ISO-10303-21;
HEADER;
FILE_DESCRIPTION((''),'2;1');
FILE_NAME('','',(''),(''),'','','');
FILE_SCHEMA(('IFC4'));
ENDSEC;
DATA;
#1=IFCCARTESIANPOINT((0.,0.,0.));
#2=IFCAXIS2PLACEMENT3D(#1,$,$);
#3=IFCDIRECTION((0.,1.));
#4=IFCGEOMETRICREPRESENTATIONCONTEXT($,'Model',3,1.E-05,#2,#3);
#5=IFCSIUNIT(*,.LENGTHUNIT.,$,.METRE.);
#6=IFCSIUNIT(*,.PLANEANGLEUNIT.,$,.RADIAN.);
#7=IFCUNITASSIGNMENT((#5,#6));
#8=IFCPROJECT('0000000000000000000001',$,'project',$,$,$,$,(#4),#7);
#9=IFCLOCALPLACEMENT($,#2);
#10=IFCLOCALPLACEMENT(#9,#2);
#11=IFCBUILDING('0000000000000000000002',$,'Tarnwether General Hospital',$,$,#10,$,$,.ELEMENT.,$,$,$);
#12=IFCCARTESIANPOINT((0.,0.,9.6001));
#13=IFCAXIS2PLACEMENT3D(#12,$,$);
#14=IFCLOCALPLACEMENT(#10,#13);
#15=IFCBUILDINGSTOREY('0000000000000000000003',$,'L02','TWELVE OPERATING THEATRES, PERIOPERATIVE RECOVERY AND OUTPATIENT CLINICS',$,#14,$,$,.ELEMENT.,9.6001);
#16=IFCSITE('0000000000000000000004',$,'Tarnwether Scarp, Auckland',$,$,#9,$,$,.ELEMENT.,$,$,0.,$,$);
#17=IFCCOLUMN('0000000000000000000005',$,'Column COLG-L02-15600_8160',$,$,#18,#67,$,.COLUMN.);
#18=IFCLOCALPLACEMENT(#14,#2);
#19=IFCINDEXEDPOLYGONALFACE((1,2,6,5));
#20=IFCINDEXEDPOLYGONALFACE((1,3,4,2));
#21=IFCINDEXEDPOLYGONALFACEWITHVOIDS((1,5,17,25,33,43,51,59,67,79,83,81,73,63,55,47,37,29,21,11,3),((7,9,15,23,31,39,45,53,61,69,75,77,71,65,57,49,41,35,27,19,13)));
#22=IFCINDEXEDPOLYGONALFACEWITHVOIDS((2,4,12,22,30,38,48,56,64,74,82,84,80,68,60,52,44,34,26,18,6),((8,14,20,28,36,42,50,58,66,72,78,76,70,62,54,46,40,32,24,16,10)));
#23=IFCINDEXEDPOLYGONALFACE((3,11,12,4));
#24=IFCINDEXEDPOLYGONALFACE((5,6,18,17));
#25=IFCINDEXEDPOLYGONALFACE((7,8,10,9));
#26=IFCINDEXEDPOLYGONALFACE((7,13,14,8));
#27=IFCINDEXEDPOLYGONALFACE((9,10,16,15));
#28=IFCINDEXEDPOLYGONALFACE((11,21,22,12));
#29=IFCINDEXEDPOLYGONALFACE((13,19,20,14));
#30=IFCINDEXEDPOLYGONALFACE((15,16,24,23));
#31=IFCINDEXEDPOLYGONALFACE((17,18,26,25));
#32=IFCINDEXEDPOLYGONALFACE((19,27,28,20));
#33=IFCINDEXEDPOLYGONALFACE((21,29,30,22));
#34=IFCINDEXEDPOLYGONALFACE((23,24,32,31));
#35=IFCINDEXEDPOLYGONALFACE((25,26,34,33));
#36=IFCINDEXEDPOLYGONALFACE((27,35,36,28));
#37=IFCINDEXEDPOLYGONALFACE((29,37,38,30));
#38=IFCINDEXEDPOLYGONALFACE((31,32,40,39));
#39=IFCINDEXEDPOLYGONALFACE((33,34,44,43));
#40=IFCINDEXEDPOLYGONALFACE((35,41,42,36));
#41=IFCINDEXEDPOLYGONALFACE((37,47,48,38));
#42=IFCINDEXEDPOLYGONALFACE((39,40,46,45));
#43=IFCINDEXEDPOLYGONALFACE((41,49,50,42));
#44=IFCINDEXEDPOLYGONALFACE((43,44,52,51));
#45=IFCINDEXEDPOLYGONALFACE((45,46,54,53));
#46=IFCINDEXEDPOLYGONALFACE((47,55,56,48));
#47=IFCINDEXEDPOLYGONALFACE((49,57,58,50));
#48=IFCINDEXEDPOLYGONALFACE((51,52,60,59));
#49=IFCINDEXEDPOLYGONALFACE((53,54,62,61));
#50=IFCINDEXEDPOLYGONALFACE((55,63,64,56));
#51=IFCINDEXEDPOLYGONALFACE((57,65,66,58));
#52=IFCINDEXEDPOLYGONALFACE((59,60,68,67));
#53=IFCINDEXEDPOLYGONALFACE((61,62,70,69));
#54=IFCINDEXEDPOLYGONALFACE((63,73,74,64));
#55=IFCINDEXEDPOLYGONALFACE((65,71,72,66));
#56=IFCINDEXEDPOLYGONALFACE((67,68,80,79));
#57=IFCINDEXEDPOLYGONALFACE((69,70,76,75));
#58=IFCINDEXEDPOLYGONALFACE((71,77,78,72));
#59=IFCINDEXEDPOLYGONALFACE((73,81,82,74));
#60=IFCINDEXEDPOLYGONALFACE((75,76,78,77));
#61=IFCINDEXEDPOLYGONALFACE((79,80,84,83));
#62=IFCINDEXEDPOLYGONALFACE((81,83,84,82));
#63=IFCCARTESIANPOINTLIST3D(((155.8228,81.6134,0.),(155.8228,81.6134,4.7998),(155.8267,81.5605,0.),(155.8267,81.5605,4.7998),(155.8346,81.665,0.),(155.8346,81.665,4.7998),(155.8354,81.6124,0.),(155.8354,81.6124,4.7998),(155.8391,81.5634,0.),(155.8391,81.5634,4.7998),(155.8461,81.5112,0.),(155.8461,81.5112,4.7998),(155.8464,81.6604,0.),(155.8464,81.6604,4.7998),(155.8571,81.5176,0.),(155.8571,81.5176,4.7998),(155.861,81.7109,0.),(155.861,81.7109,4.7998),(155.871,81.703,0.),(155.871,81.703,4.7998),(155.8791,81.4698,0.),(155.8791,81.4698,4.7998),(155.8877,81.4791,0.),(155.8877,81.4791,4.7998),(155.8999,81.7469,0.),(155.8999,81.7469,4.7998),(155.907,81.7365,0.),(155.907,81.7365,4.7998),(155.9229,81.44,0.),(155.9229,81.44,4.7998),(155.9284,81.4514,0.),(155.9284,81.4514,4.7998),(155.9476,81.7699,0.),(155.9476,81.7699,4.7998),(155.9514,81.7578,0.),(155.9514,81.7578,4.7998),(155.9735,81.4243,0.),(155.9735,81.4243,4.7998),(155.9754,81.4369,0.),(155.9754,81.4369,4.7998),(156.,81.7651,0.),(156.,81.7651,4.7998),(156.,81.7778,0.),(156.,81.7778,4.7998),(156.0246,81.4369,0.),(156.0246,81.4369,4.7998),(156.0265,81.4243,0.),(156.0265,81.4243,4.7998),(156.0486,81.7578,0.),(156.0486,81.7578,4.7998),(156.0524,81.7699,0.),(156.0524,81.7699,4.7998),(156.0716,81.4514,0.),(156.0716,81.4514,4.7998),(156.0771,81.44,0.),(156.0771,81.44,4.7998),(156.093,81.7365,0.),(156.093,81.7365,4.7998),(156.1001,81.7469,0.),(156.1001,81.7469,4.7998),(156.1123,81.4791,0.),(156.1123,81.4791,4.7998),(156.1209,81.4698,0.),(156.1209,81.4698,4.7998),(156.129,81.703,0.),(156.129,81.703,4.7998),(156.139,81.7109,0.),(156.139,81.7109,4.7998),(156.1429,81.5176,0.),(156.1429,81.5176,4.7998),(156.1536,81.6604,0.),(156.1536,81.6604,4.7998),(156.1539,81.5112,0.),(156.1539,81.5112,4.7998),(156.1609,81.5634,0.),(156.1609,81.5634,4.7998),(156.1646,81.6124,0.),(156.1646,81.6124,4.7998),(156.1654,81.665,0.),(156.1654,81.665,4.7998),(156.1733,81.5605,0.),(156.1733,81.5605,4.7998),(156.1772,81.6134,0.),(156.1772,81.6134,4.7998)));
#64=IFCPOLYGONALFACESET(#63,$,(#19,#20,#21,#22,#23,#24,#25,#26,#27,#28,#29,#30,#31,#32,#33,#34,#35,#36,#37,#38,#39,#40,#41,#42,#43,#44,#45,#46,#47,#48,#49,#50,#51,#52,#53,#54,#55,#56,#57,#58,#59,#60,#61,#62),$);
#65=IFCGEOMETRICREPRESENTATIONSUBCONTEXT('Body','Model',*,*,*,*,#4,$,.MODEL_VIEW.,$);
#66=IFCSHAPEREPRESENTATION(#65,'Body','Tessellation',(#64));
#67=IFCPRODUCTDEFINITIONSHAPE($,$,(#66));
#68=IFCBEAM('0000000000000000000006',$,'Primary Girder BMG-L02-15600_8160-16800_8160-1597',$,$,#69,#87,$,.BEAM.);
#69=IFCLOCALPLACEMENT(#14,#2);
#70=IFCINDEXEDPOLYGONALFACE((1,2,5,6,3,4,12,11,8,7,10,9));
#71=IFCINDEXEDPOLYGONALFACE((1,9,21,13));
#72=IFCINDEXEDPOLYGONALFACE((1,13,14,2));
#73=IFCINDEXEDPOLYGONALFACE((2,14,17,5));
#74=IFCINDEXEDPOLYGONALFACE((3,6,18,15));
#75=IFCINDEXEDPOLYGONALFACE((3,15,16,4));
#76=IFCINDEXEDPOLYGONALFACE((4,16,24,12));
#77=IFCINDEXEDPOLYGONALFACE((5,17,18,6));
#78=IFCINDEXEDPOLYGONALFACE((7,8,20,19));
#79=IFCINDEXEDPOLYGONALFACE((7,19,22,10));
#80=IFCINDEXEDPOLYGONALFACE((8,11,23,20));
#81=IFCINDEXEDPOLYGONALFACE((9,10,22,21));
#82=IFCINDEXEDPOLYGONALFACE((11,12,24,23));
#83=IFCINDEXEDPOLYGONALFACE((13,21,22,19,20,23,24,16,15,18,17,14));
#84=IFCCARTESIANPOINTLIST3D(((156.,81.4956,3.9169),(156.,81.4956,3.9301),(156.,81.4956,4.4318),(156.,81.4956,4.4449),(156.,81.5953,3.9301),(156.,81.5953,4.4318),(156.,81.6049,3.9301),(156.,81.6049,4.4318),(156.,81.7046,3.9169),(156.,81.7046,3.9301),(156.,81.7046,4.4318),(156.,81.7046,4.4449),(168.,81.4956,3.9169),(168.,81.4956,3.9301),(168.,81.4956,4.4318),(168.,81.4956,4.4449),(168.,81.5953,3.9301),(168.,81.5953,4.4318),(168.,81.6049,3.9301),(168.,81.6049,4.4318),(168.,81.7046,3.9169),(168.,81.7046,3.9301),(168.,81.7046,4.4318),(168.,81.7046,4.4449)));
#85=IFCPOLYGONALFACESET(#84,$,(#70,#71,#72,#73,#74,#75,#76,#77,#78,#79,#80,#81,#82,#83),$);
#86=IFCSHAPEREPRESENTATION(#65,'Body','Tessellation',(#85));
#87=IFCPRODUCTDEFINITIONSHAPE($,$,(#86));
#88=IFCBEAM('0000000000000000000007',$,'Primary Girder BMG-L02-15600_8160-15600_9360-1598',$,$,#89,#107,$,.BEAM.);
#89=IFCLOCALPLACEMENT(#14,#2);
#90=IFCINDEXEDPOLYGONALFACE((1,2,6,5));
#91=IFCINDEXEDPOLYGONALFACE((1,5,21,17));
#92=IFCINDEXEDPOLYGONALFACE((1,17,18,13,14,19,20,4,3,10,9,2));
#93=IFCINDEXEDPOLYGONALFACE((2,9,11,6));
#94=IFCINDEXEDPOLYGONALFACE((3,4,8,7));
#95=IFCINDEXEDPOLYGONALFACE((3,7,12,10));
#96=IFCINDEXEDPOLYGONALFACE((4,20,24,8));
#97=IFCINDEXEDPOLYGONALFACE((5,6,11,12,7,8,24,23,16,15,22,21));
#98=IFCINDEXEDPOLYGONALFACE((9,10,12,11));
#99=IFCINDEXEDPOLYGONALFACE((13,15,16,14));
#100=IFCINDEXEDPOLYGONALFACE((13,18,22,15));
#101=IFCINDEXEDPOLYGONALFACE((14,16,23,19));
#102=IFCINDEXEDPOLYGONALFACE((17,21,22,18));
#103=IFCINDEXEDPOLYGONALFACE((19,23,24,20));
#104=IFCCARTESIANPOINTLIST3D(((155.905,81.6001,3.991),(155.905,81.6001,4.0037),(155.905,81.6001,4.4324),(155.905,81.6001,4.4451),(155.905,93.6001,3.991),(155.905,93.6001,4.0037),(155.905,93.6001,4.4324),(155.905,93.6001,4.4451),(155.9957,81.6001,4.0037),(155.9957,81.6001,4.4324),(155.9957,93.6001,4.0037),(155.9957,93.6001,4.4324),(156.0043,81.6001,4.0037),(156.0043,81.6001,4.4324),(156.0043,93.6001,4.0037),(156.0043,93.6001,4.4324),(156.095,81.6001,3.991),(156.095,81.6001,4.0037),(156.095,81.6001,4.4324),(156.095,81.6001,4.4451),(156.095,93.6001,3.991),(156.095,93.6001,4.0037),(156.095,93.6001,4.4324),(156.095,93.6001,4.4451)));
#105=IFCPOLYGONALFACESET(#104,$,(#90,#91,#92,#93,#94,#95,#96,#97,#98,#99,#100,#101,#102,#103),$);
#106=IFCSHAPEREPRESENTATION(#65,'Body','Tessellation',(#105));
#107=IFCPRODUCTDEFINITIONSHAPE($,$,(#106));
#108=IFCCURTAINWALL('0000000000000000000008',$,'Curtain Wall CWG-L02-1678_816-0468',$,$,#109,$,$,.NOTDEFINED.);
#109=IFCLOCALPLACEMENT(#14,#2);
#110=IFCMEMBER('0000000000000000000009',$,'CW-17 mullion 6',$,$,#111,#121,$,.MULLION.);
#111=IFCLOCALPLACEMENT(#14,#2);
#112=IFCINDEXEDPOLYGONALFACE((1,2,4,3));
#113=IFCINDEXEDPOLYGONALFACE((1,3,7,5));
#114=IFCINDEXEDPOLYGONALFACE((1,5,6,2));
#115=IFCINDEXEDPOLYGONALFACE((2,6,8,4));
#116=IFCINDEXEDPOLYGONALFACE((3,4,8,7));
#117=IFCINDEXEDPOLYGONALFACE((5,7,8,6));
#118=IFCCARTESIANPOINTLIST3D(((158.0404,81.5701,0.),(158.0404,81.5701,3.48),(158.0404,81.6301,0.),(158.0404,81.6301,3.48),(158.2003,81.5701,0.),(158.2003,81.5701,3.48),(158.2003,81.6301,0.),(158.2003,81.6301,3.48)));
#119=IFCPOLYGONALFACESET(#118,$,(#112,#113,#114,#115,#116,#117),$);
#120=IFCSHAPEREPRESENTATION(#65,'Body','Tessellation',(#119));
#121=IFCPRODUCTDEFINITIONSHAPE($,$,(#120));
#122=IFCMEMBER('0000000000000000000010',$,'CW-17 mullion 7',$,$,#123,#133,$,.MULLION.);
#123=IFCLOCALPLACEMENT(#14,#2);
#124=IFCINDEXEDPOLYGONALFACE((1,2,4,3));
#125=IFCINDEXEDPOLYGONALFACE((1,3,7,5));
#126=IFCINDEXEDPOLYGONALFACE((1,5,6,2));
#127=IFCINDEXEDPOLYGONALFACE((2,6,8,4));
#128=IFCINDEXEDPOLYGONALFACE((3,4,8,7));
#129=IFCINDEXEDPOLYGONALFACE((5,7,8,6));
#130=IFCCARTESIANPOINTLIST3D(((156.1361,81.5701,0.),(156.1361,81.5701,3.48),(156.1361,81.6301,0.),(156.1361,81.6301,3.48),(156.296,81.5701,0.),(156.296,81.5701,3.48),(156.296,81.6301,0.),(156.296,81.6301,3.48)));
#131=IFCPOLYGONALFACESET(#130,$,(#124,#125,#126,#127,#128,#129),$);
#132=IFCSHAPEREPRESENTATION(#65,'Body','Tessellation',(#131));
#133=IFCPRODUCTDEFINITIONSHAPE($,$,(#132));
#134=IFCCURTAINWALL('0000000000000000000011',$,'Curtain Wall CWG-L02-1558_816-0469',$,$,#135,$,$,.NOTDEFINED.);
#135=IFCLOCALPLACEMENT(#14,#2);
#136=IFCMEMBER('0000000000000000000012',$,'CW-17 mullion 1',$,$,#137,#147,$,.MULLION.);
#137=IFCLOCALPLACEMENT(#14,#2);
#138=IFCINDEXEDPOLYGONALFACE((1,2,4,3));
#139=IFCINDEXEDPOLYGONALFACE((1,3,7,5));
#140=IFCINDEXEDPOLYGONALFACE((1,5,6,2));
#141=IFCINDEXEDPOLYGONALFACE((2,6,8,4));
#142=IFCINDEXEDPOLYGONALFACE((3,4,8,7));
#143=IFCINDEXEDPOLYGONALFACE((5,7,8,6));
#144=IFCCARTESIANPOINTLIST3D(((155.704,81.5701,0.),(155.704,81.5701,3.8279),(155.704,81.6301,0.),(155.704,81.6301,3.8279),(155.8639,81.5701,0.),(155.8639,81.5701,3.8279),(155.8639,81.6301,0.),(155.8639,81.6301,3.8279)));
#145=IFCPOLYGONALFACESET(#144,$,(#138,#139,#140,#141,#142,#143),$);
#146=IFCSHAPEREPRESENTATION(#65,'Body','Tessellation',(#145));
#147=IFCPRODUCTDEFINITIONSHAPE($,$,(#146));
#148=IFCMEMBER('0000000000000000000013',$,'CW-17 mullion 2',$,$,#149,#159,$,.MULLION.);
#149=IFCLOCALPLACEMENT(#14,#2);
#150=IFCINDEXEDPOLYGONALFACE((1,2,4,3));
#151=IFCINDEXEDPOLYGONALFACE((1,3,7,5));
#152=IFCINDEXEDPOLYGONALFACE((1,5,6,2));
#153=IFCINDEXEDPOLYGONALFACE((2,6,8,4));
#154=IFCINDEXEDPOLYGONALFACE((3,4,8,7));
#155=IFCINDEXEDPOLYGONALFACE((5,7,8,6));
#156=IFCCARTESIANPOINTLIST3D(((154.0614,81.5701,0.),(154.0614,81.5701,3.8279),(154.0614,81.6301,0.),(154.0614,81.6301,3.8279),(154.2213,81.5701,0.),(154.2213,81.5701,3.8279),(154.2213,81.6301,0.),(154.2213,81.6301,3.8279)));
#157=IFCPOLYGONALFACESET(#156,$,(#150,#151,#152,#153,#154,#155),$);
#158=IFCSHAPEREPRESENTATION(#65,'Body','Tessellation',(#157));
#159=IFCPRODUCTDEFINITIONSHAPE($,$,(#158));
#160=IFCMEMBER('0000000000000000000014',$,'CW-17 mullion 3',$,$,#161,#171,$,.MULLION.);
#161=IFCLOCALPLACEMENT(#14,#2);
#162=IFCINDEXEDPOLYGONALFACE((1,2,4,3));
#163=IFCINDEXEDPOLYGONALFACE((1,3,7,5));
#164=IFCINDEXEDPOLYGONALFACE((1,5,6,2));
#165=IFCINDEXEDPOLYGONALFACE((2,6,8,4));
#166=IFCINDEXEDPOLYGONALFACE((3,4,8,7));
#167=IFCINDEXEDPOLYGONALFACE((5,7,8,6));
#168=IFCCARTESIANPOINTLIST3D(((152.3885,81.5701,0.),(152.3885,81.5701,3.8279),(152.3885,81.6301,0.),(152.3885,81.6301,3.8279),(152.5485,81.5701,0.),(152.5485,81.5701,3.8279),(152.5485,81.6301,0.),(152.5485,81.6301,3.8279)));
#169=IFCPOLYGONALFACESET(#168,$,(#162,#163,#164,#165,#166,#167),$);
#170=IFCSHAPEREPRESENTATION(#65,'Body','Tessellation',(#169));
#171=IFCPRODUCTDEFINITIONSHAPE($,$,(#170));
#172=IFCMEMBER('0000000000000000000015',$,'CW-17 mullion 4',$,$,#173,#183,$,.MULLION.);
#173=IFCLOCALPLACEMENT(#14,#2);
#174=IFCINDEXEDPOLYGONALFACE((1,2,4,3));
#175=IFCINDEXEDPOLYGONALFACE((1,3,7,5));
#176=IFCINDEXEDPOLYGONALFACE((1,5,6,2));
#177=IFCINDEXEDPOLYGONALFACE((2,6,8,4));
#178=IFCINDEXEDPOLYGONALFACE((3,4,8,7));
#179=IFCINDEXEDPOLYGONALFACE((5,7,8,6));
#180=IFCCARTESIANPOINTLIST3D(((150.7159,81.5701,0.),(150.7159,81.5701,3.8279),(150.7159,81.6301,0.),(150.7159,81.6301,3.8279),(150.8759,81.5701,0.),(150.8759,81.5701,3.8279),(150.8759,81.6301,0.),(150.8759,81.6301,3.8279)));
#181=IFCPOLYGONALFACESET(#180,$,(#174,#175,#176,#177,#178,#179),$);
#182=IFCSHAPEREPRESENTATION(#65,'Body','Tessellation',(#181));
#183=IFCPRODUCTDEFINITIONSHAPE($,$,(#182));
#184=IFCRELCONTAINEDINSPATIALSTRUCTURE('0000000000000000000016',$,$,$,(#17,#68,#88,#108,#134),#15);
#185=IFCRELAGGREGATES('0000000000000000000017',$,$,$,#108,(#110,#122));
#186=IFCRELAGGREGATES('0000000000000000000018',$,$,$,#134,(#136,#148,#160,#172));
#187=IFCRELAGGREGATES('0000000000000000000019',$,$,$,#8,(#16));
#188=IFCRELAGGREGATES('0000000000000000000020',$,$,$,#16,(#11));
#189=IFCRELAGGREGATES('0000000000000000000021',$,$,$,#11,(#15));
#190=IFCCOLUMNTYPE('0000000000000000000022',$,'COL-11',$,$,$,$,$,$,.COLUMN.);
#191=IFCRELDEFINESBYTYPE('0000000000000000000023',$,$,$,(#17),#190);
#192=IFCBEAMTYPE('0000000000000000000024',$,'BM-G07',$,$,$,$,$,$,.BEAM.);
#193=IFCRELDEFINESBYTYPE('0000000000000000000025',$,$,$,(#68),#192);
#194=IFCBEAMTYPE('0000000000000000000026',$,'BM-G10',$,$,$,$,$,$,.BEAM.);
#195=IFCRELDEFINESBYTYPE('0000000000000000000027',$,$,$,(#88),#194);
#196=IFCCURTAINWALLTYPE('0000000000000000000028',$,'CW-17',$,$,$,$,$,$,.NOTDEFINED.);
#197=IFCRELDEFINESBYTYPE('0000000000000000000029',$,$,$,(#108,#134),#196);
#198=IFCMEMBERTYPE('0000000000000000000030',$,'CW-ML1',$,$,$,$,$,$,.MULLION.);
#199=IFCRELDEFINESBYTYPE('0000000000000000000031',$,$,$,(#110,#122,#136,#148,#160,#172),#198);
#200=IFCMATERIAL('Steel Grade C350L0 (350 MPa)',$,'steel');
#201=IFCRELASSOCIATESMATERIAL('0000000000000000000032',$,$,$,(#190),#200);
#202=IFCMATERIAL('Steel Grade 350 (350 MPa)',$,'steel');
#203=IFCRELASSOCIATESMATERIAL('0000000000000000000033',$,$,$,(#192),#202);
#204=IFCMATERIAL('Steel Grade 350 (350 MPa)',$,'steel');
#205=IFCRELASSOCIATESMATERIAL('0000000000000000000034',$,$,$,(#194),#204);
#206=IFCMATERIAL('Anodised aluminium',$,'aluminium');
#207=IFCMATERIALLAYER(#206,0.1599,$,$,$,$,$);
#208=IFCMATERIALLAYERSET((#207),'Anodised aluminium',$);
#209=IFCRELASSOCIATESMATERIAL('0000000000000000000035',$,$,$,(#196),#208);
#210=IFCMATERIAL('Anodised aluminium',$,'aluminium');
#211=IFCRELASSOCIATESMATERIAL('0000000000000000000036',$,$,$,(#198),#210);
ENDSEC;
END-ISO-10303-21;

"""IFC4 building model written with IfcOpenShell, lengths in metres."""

from ifc_helpers import new_model, si_unit, direction, frame, origin, origin_2d, place, context, subcontext, project, spatial, rectangle, hollow_circle, i_section, extrude, material, layer, layer_set, material_profile, profile_set, type_object, element, aggregate, save


model = new_model("IFC4")

# Units and contexts
model_context = context("Model", 3, precision=1e-05, world=origin(), true_north=direction((0.0, 1.0)))
body_context = subcontext(model_context, "Body", "Model", "MODEL_VIEW")
ifc_project = project(units=[si_unit("LENGTHUNIT", "METRE"), si_unit("PLANEANGLEUNIT", "RADIAN")], contexts=[model_context])

# Site, building, storey
site_placement = place(None, origin())
site = spatial("IfcSite", under=ifc_project, at=site_placement, Name="Tarnwether Scarp, Auckland", CompositionType="ELEMENT", RefElevation=0.0)
building_placement = place(site_placement, origin())
building = spatial("IfcBuilding", under=site, at=building_placement, Name="Tarnwether General Hospital", CompositionType="ELEMENT")
storey_placement = place(building_placement, frame((0.0, 0.0, 9.6001)))
storey = spatial("IfcBuildingStorey", under=building, at=storey_placement, Name="L02", Description="TWELVE OPERATING THEATRES, PERIOPERATIVE RECOVERY AND OUTPATIENT CLINICS", CompositionType="ELEMENT", Elevation=9.6001)

# Column
ifc_material_1 = material(Name="Steel Grade C350L0 (350 MPa)", Category="steel")
ifc_material_profile_1 = material_profile(ifc_material_1, hollow_circle(Radius=0.1777, WallThickness=0.0127, at=origin_2d()), Name="CHS355.6x12.7")
ifc_profile_set_1 = profile_set([ifc_material_profile_1], Name="Steel Grade C350L0 (350 MPa)")
column_type = type_object("IfcColumnType", Name="COL-11", PredefinedType="COLUMN", material=ifc_profile_set_1)
column_placement = place(storey_placement, frame((156.0, 81.6001, 0.0), z_axis=(0.0, 0.0, 1.0), x_axis=(0.0, 1.0, 0.0)))
element("IfcColumn", 1, at=column_placement, inside=storey, type_object=column_type, Name="Column COLG-L02-15600_8160", PredefinedType="COLUMN", context=body_context, shape_type="SweptSolid", body=[
    extrude(hollow_circle(Radius=0.1777, WallThickness=0.0127, at=origin_2d()), origin(), (0.0, 0.0, 1.0), 4.7998),
])

# Beams
ifc_material_2 = material(Name="Steel Grade 350 (350 MPa)", Category="steel")
ifc_material_profile_2 = material_profile(ifc_material_2, i_section(OverallWidth=0.209, OverallDepth=0.5281, WebThickness=0.0095, FlangeThickness=0.0132, at=origin_2d()), Name="530UB82.0")
ifc_profile_set_2 = profile_set([ifc_material_profile_2], Name="Steel Grade 350 (350 MPa)")
beam_type_1 = type_object("IfcBeamType", Name="BM-G07", PredefinedType="BEAM", material=ifc_profile_set_2)
beam_1_placement = place(storey_placement, frame((156.0, 81.6001, 4.1809), z_axis=(1.0, 0.0, 0.0), x_axis=(0.0, 1.0, 0.0)))
element("IfcBeam", 2, at=beam_1_placement, inside=storey, type_object=beam_type_1, Name="Primary Girder BMG-L02-15600_8160-16800_8160-1597", PredefinedType="BEAM", context=body_context, shape_type="SweptSolid", body=[
    extrude(i_section(OverallWidth=0.209, OverallDepth=0.5281, WebThickness=0.0095, FlangeThickness=0.0132, at=origin_2d()), origin(), (0.0, 0.0, 1.0), 12.0),
])
ifc_material_3 = material(Name="Steel Grade 350 (350 MPa)", Category="steel")
ifc_material_profile_3 = material_profile(ifc_material_3, i_section(OverallWidth=0.1899, OverallDepth=0.4541, WebThickness=0.0085, FlangeThickness=0.0127, at=origin_2d()), Name="460UB67.1")
ifc_profile_set_3 = profile_set([ifc_material_profile_3], Name="Steel Grade 350 (350 MPa)")
beam_type_2 = type_object("IfcBeamType", Name="BM-G10", PredefinedType="BEAM", material=ifc_profile_set_3)
beam_2_placement = place(storey_placement, frame((156.0, 81.6001, 4.218), z_axis=(0.0, 1.0, 0.0), x_axis=(-1.0, 0.0, 0.0)))
element("IfcBeam", 3, at=beam_2_placement, inside=storey, type_object=beam_type_2, Name="Primary Girder BMG-L02-15600_8160-15600_9360-1598", PredefinedType="BEAM", context=body_context, shape_type="SweptSolid", body=[
    extrude(i_section(OverallWidth=0.1899, OverallDepth=0.4541, WebThickness=0.0085, FlangeThickness=0.0127, at=origin_2d()), origin(), (0.0, 0.0, 1.0), 12.0),
])

# Curtain walls, members
ifc_material_4 = material(Name="Anodised aluminium", Category="aluminium")
ifc_layer_1 = layer(ifc_material_4, 0.1599)
ifc_layer_set_1 = layer_set([ifc_layer_1], Name="Anodised aluminium")
curtain_wall_type = type_object("IfcCurtainWallType", Name="CW-17", PredefinedType="NOTDEFINED", material=ifc_layer_set_1)
curtain_wall_1_placement = place(storey_placement, origin())
curtain_wall_1 = element("IfcCurtainWall", 4, at=curtain_wall_1_placement, inside=storey, type_object=curtain_wall_type, Name="Curtain Wall CWG-L02-1678_816-0468", PredefinedType="NOTDEFINED")
ifc_material_5 = material(Name="Anodised aluminium", Category="aluminium")
ifc_material_profile_4 = material_profile(ifc_material_5, rectangle(XDim=0.0601, YDim=0.1599, at=origin_2d()), Name="ALU-MUL-60x160")
ifc_profile_set_4 = profile_set([ifc_material_profile_4], Name="Anodised aluminium")
member_type_1 = type_object("IfcMemberType", Name="CW-ML1", PredefinedType="MULLION", material=ifc_profile_set_4)
member_1_placement = place(storey_placement, frame((158.1204, 81.6001, 0.0), z_axis=(0.0, 0.0, 1.0), x_axis=(0.0, -1.0, 0.0)))
member_1 = element("IfcMember", 5, at=member_1_placement, type_object=member_type_1, Name="CW-17 mullion 6", PredefinedType="MULLION", context=body_context, shape_type="SweptSolid", body=[
    extrude(rectangle(XDim=0.0601, YDim=0.1599, at=origin_2d()), origin(), (0.0, 0.0, 1.0), 3.48),
])
member_2_placement = place(storey_placement, frame((156.2161, 81.6001, 0.0), z_axis=(0.0, 0.0, 1.0), x_axis=(0.0, -1.0, 0.0)))
member_2 = element("IfcMember", 6, at=member_2_placement, type_object=member_type_1, Name="CW-17 mullion 7", PredefinedType="MULLION", context=body_context, shape_type="SweptSolid", body=[
    extrude(rectangle(XDim=0.0601, YDim=0.1599, at=origin_2d()), origin(), (0.0, 0.0, 1.0), 3.48),
])
curtain_wall_2_placement = place(storey_placement, origin())
curtain_wall_2 = element("IfcCurtainWall", 7, at=curtain_wall_2_placement, inside=storey, type_object=curtain_wall_type, Name="Curtain Wall CWG-L02-1558_816-0469", PredefinedType="NOTDEFINED")
member_3_placement = place(storey_placement, frame((155.7839, 81.6001, 0.0), z_axis=(0.0, 0.0, 1.0), x_axis=(0.0, -1.0, 0.0)))
member_3 = element("IfcMember", 8, at=member_3_placement, type_object=member_type_1, Name="CW-17 mullion 1", PredefinedType="MULLION", context=body_context, shape_type="SweptSolid", body=[
    extrude(rectangle(XDim=0.0601, YDim=0.1599, at=origin_2d()), origin(), (0.0, 0.0, 1.0), 3.8279),
])
member_4_placement = place(storey_placement, frame((154.1414, 81.6001, 0.0), z_axis=(0.0, 0.0, 1.0), x_axis=(0.0, -1.0, 0.0)))
member_4 = element("IfcMember", 9, at=member_4_placement, type_object=member_type_1, Name="CW-17 mullion 2", PredefinedType="MULLION", context=body_context, shape_type="SweptSolid", body=[
    extrude(rectangle(XDim=0.0601, YDim=0.1599, at=origin_2d()), origin(), (0.0, 0.0, 1.0), 3.8279),
])
member_5_placement = place(storey_placement, frame((152.4685, 81.6001, 0.0), z_axis=(0.0, 0.0, 1.0), x_axis=(0.0, -1.0, 0.0)))
member_5 = element("IfcMember", 10, at=member_5_placement, type_object=member_type_1, Name="CW-17 mullion 3", PredefinedType="MULLION", context=body_context, shape_type="SweptSolid", body=[
    extrude(rectangle(XDim=0.0601, YDim=0.1599, at=origin_2d()), origin(), (0.0, 0.0, 1.0), 3.8279),
])
member_6_placement = place(storey_placement, frame((150.7959, 81.6001, 0.0), z_axis=(0.0, 0.0, 1.0), x_axis=(0.0, -1.0, 0.0)))
member_6 = element("IfcMember", 11, at=member_6_placement, type_object=member_type_1, Name="CW-17 mullion 4", PredefinedType="MULLION", context=body_context, shape_type="SweptSolid", body=[
    extrude(rectangle(XDim=0.0601, YDim=0.1599, at=origin_2d()), origin(), (0.0, 0.0, 1.0), 3.8279),
])

aggregate(curtain_wall_1, [member_1, member_2])
aggregate(curtain_wall_2, [member_3, member_4, member_5, member_6])

save(model, "model.ifc")
